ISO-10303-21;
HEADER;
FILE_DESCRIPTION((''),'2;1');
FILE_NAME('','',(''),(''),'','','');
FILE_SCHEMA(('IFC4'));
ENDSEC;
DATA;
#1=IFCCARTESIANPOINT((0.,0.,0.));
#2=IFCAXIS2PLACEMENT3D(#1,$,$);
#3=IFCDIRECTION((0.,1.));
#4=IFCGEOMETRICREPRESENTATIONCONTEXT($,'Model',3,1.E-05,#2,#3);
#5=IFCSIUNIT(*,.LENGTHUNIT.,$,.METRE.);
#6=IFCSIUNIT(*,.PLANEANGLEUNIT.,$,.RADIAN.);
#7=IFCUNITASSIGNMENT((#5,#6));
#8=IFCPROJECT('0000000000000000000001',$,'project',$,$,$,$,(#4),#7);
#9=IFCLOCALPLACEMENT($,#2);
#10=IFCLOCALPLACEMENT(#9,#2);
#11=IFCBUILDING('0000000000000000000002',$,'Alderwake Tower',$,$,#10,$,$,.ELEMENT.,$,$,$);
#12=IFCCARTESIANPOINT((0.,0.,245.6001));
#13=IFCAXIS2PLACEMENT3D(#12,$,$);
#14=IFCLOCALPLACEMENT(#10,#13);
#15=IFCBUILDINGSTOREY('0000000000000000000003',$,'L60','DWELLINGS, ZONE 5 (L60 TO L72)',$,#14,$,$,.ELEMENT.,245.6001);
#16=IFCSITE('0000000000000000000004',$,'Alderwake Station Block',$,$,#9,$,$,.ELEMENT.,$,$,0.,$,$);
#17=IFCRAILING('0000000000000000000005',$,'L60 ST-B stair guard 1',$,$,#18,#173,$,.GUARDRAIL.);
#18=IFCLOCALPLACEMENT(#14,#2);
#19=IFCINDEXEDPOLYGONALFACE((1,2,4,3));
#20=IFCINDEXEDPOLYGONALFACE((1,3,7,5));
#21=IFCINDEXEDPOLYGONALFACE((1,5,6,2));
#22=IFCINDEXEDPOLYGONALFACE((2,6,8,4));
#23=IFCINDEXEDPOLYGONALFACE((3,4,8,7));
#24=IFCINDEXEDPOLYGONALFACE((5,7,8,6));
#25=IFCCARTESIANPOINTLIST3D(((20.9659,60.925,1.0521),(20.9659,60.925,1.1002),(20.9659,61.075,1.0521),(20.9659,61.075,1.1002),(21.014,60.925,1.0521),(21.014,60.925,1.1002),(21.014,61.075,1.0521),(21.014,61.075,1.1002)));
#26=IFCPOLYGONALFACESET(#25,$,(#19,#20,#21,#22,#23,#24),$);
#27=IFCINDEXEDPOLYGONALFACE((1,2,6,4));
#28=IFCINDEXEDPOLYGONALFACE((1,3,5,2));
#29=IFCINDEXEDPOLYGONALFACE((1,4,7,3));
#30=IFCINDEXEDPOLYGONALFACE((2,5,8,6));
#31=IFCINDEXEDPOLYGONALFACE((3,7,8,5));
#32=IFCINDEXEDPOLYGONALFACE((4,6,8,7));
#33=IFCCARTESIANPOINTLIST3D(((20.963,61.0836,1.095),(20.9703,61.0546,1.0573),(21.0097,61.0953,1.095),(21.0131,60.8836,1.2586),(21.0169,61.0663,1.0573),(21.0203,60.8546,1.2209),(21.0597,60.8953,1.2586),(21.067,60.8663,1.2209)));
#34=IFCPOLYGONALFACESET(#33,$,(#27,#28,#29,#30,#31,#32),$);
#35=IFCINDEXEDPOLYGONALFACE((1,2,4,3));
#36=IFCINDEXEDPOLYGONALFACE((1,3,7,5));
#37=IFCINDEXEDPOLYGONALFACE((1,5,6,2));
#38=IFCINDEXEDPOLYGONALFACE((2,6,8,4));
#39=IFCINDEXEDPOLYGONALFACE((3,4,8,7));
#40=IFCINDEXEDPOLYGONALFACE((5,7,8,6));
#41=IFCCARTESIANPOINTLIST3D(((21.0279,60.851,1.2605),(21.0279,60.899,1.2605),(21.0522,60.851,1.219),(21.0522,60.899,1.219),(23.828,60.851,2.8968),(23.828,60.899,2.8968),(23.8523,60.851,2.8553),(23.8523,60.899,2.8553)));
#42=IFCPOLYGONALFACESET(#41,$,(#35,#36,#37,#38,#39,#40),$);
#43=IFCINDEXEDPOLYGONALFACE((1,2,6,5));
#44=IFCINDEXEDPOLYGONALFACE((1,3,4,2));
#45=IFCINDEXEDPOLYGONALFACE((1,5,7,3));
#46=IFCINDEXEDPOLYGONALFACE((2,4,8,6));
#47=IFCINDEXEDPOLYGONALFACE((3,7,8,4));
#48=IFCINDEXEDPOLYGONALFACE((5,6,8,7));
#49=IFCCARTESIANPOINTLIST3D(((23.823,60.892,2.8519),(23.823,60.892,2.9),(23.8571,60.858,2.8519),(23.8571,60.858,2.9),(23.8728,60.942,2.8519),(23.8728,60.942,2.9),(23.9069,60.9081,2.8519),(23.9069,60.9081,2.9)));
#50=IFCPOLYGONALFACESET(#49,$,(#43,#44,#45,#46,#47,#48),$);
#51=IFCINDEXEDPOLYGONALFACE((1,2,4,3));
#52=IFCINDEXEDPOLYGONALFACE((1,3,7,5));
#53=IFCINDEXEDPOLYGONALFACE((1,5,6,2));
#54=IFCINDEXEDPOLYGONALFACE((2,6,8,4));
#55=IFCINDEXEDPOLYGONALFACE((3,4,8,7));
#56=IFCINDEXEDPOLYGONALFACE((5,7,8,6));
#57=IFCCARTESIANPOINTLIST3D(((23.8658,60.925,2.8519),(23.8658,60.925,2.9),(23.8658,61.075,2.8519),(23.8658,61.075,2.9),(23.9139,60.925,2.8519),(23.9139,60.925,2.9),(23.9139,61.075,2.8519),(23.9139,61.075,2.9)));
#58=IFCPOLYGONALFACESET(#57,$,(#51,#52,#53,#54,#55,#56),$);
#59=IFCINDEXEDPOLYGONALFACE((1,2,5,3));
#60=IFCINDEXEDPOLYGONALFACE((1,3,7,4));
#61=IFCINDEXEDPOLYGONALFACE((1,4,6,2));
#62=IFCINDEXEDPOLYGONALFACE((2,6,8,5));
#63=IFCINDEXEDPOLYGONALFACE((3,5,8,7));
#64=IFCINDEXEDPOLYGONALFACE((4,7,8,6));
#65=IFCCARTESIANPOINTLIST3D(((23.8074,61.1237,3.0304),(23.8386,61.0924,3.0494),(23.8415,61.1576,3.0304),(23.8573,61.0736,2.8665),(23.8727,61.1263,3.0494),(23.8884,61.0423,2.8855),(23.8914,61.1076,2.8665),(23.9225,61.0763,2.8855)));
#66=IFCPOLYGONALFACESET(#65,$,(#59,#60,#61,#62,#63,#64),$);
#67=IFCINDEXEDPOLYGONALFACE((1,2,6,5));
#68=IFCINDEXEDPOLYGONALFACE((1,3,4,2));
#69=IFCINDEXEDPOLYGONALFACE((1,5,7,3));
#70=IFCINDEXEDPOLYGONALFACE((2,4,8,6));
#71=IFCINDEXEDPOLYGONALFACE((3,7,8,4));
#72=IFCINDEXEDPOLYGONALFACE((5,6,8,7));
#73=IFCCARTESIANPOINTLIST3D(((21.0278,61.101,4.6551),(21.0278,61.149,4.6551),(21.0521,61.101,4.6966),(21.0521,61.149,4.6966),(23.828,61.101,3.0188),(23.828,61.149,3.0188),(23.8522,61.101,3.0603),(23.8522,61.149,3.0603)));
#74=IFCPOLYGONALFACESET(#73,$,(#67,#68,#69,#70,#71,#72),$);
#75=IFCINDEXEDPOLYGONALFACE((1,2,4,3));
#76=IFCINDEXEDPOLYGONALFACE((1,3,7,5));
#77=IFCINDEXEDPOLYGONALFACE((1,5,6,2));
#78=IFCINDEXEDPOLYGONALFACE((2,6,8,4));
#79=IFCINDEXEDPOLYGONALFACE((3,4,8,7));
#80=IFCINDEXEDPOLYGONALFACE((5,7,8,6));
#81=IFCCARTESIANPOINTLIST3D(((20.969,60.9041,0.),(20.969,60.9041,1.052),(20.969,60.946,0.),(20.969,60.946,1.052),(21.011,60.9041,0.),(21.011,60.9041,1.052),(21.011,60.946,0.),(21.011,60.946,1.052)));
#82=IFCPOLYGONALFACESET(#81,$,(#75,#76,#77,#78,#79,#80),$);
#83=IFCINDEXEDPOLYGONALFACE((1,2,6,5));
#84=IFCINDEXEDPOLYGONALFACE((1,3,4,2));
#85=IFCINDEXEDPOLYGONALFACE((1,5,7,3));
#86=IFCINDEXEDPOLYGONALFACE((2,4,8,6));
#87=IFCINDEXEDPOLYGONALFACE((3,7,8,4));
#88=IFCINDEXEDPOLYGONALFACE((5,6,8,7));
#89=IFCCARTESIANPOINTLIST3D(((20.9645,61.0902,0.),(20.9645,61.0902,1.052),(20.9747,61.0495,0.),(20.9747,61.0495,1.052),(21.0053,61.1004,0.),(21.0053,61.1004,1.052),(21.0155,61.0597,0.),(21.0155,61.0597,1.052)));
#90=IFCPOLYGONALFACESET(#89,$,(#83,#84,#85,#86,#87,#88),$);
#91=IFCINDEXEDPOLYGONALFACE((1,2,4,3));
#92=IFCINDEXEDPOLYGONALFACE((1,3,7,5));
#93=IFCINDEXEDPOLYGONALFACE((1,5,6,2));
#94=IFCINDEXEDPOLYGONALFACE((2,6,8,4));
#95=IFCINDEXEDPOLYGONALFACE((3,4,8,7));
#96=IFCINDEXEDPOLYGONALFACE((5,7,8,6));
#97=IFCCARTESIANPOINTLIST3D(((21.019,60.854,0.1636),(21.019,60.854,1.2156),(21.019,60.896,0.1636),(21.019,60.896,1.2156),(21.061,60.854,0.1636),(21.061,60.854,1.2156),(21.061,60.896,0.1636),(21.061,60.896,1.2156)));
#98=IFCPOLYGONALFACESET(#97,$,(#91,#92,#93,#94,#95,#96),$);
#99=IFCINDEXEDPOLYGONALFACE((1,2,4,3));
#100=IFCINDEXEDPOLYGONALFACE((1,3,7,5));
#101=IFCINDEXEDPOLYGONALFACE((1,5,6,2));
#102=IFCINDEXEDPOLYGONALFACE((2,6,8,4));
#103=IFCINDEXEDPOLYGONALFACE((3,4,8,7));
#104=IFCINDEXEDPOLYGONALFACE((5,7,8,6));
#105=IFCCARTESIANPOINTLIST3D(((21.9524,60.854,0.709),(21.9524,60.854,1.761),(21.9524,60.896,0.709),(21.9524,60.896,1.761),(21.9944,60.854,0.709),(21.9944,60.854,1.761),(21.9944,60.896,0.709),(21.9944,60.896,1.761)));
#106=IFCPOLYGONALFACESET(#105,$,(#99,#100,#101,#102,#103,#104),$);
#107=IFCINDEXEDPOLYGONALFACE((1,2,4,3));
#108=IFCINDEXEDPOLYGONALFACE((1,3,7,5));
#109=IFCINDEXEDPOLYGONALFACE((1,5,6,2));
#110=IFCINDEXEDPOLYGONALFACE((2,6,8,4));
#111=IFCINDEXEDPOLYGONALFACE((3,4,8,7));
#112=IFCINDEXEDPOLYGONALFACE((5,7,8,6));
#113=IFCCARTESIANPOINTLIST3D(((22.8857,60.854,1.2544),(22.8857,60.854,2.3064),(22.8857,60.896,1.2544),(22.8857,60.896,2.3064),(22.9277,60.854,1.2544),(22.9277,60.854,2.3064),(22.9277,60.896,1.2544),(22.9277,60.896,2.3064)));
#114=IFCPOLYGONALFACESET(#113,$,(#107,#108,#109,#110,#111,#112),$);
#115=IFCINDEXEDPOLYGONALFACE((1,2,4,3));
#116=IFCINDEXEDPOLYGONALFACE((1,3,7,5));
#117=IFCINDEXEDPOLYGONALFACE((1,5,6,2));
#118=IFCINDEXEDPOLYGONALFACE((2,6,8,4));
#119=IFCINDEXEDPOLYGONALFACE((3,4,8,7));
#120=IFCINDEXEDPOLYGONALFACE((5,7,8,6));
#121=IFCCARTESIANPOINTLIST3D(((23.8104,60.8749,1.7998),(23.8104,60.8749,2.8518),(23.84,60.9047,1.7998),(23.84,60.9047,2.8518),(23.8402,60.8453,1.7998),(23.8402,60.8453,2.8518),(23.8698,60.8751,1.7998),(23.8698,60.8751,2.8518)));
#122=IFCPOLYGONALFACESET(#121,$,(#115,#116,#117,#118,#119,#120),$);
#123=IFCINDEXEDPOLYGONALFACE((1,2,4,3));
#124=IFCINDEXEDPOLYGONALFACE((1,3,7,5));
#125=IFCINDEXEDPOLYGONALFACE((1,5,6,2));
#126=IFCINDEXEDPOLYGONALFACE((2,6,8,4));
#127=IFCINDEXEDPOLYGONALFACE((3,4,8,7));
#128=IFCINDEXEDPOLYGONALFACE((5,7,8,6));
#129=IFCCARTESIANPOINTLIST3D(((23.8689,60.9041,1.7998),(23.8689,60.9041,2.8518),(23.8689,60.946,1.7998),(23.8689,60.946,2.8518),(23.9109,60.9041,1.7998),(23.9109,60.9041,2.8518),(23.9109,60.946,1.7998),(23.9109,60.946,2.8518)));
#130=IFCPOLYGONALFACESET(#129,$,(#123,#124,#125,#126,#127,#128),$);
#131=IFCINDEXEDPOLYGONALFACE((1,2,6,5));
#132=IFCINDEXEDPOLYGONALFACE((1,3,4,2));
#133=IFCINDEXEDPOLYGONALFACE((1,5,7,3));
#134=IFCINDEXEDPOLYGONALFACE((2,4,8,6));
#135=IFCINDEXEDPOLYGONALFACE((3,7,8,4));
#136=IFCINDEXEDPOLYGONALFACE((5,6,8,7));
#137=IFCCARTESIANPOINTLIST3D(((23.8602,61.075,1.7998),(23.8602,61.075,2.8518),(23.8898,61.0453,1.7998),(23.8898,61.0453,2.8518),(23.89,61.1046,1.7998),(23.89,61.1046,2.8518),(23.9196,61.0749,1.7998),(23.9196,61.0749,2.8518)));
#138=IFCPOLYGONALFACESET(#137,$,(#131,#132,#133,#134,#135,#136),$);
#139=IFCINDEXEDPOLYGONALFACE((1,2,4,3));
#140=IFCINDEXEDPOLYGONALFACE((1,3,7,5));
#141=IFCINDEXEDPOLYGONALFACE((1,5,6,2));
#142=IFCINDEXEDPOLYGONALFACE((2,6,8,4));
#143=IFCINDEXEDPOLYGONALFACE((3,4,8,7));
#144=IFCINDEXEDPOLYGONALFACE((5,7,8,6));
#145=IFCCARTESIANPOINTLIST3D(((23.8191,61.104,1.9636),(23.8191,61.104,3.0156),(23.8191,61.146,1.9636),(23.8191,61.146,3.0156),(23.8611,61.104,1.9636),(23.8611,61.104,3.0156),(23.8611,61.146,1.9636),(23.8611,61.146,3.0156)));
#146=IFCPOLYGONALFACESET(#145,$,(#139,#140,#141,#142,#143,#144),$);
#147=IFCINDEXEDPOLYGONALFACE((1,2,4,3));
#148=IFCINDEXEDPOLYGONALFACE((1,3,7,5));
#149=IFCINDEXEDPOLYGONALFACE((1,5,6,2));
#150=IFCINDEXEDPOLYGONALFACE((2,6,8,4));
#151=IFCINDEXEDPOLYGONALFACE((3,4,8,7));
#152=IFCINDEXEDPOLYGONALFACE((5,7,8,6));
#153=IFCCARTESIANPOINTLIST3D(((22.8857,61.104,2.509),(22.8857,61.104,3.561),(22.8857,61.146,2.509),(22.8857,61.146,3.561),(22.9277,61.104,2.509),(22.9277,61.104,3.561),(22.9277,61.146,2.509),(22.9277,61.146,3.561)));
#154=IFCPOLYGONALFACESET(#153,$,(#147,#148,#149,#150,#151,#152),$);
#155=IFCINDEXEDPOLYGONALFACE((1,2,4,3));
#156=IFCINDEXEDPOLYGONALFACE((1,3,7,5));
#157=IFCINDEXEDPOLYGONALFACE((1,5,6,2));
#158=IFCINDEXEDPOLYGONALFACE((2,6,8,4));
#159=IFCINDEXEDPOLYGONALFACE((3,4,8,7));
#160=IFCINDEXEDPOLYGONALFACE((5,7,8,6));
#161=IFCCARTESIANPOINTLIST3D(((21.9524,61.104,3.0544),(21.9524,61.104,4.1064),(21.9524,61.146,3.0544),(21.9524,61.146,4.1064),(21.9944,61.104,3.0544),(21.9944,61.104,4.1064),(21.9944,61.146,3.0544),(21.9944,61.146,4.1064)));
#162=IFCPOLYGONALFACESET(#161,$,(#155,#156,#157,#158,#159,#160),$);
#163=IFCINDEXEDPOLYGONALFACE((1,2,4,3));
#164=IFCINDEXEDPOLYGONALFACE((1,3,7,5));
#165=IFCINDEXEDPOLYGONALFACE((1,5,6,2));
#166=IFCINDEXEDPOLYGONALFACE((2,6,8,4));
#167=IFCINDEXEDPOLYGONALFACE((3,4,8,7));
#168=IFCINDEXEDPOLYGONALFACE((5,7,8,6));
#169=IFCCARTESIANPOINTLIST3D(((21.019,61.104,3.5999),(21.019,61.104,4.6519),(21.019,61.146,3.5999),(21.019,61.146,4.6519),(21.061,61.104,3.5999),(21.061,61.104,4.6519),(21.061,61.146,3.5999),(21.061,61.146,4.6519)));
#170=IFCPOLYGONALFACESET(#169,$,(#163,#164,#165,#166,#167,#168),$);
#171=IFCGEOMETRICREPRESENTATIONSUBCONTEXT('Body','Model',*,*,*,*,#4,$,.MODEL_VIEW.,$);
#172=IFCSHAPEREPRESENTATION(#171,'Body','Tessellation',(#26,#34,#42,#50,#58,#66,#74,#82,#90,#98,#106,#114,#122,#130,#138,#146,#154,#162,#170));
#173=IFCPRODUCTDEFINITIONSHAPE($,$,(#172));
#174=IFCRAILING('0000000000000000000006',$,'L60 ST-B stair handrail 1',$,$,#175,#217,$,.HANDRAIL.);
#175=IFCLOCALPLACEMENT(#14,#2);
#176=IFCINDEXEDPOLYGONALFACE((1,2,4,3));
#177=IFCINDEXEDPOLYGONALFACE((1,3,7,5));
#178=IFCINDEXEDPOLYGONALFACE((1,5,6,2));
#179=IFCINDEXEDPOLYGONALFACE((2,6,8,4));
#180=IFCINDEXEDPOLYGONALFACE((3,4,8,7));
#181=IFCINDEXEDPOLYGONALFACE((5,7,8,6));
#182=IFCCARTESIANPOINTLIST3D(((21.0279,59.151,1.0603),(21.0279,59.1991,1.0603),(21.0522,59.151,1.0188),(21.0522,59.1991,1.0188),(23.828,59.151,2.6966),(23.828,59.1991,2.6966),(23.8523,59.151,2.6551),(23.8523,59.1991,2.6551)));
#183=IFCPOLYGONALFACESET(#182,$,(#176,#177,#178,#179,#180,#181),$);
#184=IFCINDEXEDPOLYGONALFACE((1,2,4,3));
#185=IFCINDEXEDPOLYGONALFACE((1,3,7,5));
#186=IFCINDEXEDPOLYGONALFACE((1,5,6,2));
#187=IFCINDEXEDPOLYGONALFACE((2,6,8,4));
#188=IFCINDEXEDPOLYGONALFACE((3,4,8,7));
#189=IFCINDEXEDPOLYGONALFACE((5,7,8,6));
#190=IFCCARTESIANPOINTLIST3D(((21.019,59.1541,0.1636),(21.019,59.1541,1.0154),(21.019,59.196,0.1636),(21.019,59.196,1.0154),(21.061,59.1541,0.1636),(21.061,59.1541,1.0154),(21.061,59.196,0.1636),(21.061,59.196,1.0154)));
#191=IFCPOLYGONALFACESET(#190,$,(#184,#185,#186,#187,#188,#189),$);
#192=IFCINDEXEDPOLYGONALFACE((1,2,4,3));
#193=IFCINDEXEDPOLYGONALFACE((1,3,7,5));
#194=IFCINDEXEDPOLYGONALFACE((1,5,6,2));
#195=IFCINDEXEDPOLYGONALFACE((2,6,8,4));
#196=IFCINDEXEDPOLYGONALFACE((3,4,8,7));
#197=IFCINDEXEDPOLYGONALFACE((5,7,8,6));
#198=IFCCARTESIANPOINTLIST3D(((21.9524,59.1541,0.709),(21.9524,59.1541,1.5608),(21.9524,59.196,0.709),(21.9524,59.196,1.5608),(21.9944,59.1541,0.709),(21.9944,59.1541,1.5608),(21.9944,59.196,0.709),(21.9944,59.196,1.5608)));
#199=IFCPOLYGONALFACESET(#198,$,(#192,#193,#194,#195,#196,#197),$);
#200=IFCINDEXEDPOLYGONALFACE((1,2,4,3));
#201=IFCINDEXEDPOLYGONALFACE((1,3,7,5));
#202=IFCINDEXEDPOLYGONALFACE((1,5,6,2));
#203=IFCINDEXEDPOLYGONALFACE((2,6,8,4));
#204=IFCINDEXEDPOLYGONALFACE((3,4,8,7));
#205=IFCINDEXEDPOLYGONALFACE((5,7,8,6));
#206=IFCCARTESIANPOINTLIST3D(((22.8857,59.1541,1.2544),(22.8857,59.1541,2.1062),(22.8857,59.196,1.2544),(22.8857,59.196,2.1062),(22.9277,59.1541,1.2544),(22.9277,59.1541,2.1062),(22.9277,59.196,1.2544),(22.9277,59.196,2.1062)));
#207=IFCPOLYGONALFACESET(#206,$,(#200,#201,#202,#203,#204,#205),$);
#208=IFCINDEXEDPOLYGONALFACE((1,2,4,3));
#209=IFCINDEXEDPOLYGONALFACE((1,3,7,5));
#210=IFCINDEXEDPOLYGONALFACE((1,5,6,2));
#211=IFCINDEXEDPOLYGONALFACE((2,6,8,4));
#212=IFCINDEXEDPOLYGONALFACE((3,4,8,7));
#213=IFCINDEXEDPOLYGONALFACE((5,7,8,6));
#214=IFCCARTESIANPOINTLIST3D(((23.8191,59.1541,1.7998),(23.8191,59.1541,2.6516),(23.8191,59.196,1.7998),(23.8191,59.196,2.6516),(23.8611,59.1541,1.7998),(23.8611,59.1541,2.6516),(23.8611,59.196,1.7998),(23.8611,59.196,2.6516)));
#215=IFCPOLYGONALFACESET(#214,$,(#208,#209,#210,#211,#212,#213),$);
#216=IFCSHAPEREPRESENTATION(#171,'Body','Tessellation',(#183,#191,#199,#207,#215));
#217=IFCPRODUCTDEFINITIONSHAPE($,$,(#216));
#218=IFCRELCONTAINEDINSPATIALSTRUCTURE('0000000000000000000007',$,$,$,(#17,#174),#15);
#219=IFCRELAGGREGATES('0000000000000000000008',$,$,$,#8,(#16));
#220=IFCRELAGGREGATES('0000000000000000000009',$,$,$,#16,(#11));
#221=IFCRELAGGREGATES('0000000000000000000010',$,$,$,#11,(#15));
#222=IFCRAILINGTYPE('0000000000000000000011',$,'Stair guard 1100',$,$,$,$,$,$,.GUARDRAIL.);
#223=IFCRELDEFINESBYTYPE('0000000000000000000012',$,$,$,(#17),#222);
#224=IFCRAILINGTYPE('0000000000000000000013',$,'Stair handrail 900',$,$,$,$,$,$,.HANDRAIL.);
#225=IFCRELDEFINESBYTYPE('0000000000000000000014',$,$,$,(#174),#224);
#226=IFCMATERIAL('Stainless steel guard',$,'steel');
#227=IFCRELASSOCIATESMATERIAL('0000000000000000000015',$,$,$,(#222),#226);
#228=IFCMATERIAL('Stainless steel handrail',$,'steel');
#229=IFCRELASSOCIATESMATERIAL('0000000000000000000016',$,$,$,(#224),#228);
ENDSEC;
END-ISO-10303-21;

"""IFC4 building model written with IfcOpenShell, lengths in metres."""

from ifc_helpers import new_model, si_unit, direction, frame, origin, origin_with_axes, origin_2d, place, context, subcontext, project, spatial, rectangle, extrude, material, type_object, element, save


model = new_model("IFC4")

# Units and contexts
model_context = context("Model", 3, precision=1e-05, world=origin(), true_north=direction((0.0, 1.0)))
body_context = subcontext(model_context, "Body", "Model", "MODEL_VIEW")
ifc_project = project(units=[si_unit("LENGTHUNIT", "METRE"), si_unit("PLANEANGLEUNIT", "RADIAN")], contexts=[model_context])

# Site, building, storey
site_placement = place(None, origin())
site = spatial("IfcSite", under=ifc_project, at=site_placement, Name="Alderwake Station Block", CompositionType="ELEMENT", RefElevation=0.0)
building_placement = place(site_placement, origin())
building = spatial("IfcBuilding", under=site, at=building_placement, Name="Alderwake Tower", CompositionType="ELEMENT")
storey_placement = place(building_placement, frame((0.0, 0.0, 245.6001)))
storey = spatial("IfcBuildingStorey", under=building, at=storey_placement, Name="L60", Description="DWELLINGS, ZONE 5 (L60 TO L72)", CompositionType="ELEMENT", Elevation=245.6001)

# Railings
ifc_material_1 = material(Name="Stainless steel guard", Category="steel")
railing_type_1 = type_object("IfcRailingType", Name="Stair guard 1100", PredefinedType="GUARDRAIL", material=ifc_material_1)
railing_1_placement = place(storey_placement, frame((20.99, 60.925, 0.0)))
element("IfcRailing", 1, at=railing_1_placement, inside=storey, type_object=railing_type_1, Name="L60 ST-B stair guard 1", PredefinedType="GUARDRAIL", context=body_context, shape_type="SweptSolid", body=[
    extrude(rectangle(XDim=0.0481, YDim=0.0481, at=origin_2d()), frame((0.0, 0.0, 1.0762), z_axis=(0.0, 1.0, 0.0), x_axis=(-1.0, 0.0, 0.0)), (0.0, 0.0, 1.0), 0.1499),
    extrude(rectangle(XDim=0.0481, YDim=0.0481, at=origin_2d()), frame((0.0, 0.1499, 1.0762), z_axis=(0.1902, -0.75987, 0.621628), x_axis=(0.970073, 0.242814, 0.0)), (0.0, 0.0, 1.0), 0.2632),
    extrude(rectangle(XDim=0.0481, YDim=0.0481, at=origin_2d()), frame((0.05, -0.05, 1.2397), z_axis=(0.863394, 0.0, 0.504531), x_axis=(0.0, 1.0, 0.0)), (0.0, 0.0, 1.0), 3.2432),
    extrude(rectangle(XDim=0.0481, YDim=0.0481, at=origin_2d()), frame((2.8501, -0.05, 2.876), z_axis=(0.705376, 0.708834, 0.0), x_axis=(-0.708834, 0.705376, 0.0)), (0.0, 0.0, 1.0), 0.0706),
    extrude(rectangle(XDim=0.0481, YDim=0.0481, at=origin_2d()), frame((2.8999, 0.0, 2.876), z_axis=(0.0, 1.0, 0.0), x_axis=(-1.0, 0.0, 0.0)), (0.0, 0.0, 1.0), 0.1499),
    extrude(rectangle(XDim=0.0481, YDim=0.0481, at=origin_2d()), frame((2.8999, 0.1499, 2.876), z_axis=(-0.279195, 0.280564, 0.918332), x_axis=(-0.708834, -0.705376, 0.0)), (0.0, 0.0, 1.0), 0.1785),
    extrude(rectangle(XDim=0.0481, YDim=0.0481, at=origin_2d()), frame((2.8501, 0.2, 3.0396), z_axis=(-0.863394, 0.0, 0.504531), x_axis=(0.0, -1.0, 0.0)), (0.0, 0.0, 1.0), 3.2432),
    extrude(rectangle(XDim=0.042, YDim=0.042, at=origin_2d()), frame((0.0, 0.0, 0.0), z_axis=(0.0, 0.0, 1.0), x_axis=(0.0, 1.0, 0.0)), (0.0, 0.0, 1.0), 1.052),
    extrude(rectangle(XDim=0.042, YDim=0.042, at=origin_2d()), frame((0.0, 0.1499, 0.0), z_axis=(0.0, 0.0, 1.0), x_axis=(0.242814, -0.970073, 0.0)), (0.0, 0.0, 1.0), 1.052),
    extrude(rectangle(XDim=0.042, YDim=0.042, at=origin_2d()), frame((0.05, -0.05, 0.1636), z_axis=(0.0, 0.0, 1.0), x_axis=(1.0, 0.0, 0.0)), (0.0, 0.0, 1.0), 1.052),
    extrude(rectangle(XDim=0.042, YDim=0.042, at=origin_2d()), frame((0.9834, -0.05, 0.709), z_axis=(0.0, 0.0, 1.0), x_axis=(1.0, 0.0, 0.0)), (0.0, 0.0, 1.0), 1.052),
    extrude(rectangle(XDim=0.042, YDim=0.042, at=origin_2d()), frame((1.9167, -0.05, 1.2544), z_axis=(0.0, 0.0, 1.0), x_axis=(1.0, 0.0, 0.0)), (0.0, 0.0, 1.0), 1.052),
    extrude(rectangle(XDim=0.042, YDim=0.042, at=origin_2d()), frame((2.8501, -0.05, 1.7998), z_axis=(0.0, 0.0, 1.0), x_axis=(0.705376, 0.708834, 0.0)), (0.0, 0.0, 1.0), 1.052),
    extrude(rectangle(XDim=0.042, YDim=0.042, at=origin_2d()), frame((2.8999, 0.0, 1.7998), z_axis=(0.0, 0.0, 1.0), x_axis=(0.0, 1.0, 0.0)), (0.0, 0.0, 1.0), 1.052),
    extrude(rectangle(XDim=0.042, YDim=0.042, at=origin_2d()), frame((2.8999, 0.1499, 1.7998), z_axis=(0.0, 0.0, 1.0), x_axis=(-0.705376, 0.708834, 0.0)), (0.0, 0.0, 1.0), 1.052),
    extrude(rectangle(XDim=0.042, YDim=0.042, at=origin_2d()), frame((2.8501, 0.2, 1.9636), z_axis=(0.0, 0.0, 1.0), x_axis=(-1.0, 0.0, 0.0)), (0.0, 0.0, 1.0), 1.052),
    extrude(rectangle(XDim=0.042, YDim=0.042, at=origin_2d()), frame((1.9167, 0.2, 2.509), z_axis=(0.0, 0.0, 1.0), x_axis=(-1.0, 0.0, 0.0)), (0.0, 0.0, 1.0), 1.052),
    extrude(rectangle(XDim=0.042, YDim=0.042, at=origin_2d()), frame((0.9834, 0.2, 3.0544), z_axis=(0.0, 0.0, 1.0), x_axis=(-1.0, 0.0, 0.0)), (0.0, 0.0, 1.0), 1.052),
    extrude(rectangle(XDim=0.042, YDim=0.042, at=origin_2d()), frame((0.05, 0.2, 3.5999), z_axis=(0.0, 0.0, 1.0), x_axis=(-1.0, 0.0, 0.0)), (0.0, 0.0, 1.0), 1.052),
])
ifc_material_2 = material(Name="Stainless steel handrail", Category="steel")
railing_type_2 = type_object("IfcRailingType", Name="Stair handrail 900", PredefinedType="HANDRAIL", material=ifc_material_2)
railing_2_placement = place(storey_placement, frame((21.04, 59.175, 0.1636)))
element("IfcRailing", 2, at=railing_2_placement, inside=storey, type_object=railing_type_2, Name="L60 ST-B stair handrail 1", PredefinedType="HANDRAIL", context=body_context, shape_type="SweptSolid", body=[
    extrude(rectangle(XDim=0.0481, YDim=0.0481, at=origin_2d()), frame((0.0, 0.0, 0.876), z_axis=(0.863394, 0.0, 0.504531), x_axis=(0.0, 1.0, 0.0)), (0.0, 0.0, 1.0), 3.2432),
    extrude(rectangle(XDim=0.042, YDim=0.042, at=origin_2d()), origin_with_axes(), (0.0, 0.0, 1.0), 0.8518),
    extrude(rectangle(XDim=0.042, YDim=0.042, at=origin_2d()), frame((0.9333, 0.0, 0.5454), z_axis=(0.0, 0.0, 1.0), x_axis=(1.0, 0.0, 0.0)), (0.0, 0.0, 1.0), 0.8518),
    extrude(rectangle(XDim=0.042, YDim=0.042, at=origin_2d()), frame((1.8667, 0.0, 1.0908), z_axis=(0.0, 0.0, 1.0), x_axis=(1.0, 0.0, 0.0)), (0.0, 0.0, 1.0), 0.8518),
    extrude(rectangle(XDim=0.042, YDim=0.042, at=origin_2d()), frame((2.8, 0.0, 1.6362), z_axis=(0.0, 0.0, 1.0), x_axis=(1.0, 0.0, 0.0)), (0.0, 0.0, 1.0), 0.8518),
])

save(model, "model.ifc")
